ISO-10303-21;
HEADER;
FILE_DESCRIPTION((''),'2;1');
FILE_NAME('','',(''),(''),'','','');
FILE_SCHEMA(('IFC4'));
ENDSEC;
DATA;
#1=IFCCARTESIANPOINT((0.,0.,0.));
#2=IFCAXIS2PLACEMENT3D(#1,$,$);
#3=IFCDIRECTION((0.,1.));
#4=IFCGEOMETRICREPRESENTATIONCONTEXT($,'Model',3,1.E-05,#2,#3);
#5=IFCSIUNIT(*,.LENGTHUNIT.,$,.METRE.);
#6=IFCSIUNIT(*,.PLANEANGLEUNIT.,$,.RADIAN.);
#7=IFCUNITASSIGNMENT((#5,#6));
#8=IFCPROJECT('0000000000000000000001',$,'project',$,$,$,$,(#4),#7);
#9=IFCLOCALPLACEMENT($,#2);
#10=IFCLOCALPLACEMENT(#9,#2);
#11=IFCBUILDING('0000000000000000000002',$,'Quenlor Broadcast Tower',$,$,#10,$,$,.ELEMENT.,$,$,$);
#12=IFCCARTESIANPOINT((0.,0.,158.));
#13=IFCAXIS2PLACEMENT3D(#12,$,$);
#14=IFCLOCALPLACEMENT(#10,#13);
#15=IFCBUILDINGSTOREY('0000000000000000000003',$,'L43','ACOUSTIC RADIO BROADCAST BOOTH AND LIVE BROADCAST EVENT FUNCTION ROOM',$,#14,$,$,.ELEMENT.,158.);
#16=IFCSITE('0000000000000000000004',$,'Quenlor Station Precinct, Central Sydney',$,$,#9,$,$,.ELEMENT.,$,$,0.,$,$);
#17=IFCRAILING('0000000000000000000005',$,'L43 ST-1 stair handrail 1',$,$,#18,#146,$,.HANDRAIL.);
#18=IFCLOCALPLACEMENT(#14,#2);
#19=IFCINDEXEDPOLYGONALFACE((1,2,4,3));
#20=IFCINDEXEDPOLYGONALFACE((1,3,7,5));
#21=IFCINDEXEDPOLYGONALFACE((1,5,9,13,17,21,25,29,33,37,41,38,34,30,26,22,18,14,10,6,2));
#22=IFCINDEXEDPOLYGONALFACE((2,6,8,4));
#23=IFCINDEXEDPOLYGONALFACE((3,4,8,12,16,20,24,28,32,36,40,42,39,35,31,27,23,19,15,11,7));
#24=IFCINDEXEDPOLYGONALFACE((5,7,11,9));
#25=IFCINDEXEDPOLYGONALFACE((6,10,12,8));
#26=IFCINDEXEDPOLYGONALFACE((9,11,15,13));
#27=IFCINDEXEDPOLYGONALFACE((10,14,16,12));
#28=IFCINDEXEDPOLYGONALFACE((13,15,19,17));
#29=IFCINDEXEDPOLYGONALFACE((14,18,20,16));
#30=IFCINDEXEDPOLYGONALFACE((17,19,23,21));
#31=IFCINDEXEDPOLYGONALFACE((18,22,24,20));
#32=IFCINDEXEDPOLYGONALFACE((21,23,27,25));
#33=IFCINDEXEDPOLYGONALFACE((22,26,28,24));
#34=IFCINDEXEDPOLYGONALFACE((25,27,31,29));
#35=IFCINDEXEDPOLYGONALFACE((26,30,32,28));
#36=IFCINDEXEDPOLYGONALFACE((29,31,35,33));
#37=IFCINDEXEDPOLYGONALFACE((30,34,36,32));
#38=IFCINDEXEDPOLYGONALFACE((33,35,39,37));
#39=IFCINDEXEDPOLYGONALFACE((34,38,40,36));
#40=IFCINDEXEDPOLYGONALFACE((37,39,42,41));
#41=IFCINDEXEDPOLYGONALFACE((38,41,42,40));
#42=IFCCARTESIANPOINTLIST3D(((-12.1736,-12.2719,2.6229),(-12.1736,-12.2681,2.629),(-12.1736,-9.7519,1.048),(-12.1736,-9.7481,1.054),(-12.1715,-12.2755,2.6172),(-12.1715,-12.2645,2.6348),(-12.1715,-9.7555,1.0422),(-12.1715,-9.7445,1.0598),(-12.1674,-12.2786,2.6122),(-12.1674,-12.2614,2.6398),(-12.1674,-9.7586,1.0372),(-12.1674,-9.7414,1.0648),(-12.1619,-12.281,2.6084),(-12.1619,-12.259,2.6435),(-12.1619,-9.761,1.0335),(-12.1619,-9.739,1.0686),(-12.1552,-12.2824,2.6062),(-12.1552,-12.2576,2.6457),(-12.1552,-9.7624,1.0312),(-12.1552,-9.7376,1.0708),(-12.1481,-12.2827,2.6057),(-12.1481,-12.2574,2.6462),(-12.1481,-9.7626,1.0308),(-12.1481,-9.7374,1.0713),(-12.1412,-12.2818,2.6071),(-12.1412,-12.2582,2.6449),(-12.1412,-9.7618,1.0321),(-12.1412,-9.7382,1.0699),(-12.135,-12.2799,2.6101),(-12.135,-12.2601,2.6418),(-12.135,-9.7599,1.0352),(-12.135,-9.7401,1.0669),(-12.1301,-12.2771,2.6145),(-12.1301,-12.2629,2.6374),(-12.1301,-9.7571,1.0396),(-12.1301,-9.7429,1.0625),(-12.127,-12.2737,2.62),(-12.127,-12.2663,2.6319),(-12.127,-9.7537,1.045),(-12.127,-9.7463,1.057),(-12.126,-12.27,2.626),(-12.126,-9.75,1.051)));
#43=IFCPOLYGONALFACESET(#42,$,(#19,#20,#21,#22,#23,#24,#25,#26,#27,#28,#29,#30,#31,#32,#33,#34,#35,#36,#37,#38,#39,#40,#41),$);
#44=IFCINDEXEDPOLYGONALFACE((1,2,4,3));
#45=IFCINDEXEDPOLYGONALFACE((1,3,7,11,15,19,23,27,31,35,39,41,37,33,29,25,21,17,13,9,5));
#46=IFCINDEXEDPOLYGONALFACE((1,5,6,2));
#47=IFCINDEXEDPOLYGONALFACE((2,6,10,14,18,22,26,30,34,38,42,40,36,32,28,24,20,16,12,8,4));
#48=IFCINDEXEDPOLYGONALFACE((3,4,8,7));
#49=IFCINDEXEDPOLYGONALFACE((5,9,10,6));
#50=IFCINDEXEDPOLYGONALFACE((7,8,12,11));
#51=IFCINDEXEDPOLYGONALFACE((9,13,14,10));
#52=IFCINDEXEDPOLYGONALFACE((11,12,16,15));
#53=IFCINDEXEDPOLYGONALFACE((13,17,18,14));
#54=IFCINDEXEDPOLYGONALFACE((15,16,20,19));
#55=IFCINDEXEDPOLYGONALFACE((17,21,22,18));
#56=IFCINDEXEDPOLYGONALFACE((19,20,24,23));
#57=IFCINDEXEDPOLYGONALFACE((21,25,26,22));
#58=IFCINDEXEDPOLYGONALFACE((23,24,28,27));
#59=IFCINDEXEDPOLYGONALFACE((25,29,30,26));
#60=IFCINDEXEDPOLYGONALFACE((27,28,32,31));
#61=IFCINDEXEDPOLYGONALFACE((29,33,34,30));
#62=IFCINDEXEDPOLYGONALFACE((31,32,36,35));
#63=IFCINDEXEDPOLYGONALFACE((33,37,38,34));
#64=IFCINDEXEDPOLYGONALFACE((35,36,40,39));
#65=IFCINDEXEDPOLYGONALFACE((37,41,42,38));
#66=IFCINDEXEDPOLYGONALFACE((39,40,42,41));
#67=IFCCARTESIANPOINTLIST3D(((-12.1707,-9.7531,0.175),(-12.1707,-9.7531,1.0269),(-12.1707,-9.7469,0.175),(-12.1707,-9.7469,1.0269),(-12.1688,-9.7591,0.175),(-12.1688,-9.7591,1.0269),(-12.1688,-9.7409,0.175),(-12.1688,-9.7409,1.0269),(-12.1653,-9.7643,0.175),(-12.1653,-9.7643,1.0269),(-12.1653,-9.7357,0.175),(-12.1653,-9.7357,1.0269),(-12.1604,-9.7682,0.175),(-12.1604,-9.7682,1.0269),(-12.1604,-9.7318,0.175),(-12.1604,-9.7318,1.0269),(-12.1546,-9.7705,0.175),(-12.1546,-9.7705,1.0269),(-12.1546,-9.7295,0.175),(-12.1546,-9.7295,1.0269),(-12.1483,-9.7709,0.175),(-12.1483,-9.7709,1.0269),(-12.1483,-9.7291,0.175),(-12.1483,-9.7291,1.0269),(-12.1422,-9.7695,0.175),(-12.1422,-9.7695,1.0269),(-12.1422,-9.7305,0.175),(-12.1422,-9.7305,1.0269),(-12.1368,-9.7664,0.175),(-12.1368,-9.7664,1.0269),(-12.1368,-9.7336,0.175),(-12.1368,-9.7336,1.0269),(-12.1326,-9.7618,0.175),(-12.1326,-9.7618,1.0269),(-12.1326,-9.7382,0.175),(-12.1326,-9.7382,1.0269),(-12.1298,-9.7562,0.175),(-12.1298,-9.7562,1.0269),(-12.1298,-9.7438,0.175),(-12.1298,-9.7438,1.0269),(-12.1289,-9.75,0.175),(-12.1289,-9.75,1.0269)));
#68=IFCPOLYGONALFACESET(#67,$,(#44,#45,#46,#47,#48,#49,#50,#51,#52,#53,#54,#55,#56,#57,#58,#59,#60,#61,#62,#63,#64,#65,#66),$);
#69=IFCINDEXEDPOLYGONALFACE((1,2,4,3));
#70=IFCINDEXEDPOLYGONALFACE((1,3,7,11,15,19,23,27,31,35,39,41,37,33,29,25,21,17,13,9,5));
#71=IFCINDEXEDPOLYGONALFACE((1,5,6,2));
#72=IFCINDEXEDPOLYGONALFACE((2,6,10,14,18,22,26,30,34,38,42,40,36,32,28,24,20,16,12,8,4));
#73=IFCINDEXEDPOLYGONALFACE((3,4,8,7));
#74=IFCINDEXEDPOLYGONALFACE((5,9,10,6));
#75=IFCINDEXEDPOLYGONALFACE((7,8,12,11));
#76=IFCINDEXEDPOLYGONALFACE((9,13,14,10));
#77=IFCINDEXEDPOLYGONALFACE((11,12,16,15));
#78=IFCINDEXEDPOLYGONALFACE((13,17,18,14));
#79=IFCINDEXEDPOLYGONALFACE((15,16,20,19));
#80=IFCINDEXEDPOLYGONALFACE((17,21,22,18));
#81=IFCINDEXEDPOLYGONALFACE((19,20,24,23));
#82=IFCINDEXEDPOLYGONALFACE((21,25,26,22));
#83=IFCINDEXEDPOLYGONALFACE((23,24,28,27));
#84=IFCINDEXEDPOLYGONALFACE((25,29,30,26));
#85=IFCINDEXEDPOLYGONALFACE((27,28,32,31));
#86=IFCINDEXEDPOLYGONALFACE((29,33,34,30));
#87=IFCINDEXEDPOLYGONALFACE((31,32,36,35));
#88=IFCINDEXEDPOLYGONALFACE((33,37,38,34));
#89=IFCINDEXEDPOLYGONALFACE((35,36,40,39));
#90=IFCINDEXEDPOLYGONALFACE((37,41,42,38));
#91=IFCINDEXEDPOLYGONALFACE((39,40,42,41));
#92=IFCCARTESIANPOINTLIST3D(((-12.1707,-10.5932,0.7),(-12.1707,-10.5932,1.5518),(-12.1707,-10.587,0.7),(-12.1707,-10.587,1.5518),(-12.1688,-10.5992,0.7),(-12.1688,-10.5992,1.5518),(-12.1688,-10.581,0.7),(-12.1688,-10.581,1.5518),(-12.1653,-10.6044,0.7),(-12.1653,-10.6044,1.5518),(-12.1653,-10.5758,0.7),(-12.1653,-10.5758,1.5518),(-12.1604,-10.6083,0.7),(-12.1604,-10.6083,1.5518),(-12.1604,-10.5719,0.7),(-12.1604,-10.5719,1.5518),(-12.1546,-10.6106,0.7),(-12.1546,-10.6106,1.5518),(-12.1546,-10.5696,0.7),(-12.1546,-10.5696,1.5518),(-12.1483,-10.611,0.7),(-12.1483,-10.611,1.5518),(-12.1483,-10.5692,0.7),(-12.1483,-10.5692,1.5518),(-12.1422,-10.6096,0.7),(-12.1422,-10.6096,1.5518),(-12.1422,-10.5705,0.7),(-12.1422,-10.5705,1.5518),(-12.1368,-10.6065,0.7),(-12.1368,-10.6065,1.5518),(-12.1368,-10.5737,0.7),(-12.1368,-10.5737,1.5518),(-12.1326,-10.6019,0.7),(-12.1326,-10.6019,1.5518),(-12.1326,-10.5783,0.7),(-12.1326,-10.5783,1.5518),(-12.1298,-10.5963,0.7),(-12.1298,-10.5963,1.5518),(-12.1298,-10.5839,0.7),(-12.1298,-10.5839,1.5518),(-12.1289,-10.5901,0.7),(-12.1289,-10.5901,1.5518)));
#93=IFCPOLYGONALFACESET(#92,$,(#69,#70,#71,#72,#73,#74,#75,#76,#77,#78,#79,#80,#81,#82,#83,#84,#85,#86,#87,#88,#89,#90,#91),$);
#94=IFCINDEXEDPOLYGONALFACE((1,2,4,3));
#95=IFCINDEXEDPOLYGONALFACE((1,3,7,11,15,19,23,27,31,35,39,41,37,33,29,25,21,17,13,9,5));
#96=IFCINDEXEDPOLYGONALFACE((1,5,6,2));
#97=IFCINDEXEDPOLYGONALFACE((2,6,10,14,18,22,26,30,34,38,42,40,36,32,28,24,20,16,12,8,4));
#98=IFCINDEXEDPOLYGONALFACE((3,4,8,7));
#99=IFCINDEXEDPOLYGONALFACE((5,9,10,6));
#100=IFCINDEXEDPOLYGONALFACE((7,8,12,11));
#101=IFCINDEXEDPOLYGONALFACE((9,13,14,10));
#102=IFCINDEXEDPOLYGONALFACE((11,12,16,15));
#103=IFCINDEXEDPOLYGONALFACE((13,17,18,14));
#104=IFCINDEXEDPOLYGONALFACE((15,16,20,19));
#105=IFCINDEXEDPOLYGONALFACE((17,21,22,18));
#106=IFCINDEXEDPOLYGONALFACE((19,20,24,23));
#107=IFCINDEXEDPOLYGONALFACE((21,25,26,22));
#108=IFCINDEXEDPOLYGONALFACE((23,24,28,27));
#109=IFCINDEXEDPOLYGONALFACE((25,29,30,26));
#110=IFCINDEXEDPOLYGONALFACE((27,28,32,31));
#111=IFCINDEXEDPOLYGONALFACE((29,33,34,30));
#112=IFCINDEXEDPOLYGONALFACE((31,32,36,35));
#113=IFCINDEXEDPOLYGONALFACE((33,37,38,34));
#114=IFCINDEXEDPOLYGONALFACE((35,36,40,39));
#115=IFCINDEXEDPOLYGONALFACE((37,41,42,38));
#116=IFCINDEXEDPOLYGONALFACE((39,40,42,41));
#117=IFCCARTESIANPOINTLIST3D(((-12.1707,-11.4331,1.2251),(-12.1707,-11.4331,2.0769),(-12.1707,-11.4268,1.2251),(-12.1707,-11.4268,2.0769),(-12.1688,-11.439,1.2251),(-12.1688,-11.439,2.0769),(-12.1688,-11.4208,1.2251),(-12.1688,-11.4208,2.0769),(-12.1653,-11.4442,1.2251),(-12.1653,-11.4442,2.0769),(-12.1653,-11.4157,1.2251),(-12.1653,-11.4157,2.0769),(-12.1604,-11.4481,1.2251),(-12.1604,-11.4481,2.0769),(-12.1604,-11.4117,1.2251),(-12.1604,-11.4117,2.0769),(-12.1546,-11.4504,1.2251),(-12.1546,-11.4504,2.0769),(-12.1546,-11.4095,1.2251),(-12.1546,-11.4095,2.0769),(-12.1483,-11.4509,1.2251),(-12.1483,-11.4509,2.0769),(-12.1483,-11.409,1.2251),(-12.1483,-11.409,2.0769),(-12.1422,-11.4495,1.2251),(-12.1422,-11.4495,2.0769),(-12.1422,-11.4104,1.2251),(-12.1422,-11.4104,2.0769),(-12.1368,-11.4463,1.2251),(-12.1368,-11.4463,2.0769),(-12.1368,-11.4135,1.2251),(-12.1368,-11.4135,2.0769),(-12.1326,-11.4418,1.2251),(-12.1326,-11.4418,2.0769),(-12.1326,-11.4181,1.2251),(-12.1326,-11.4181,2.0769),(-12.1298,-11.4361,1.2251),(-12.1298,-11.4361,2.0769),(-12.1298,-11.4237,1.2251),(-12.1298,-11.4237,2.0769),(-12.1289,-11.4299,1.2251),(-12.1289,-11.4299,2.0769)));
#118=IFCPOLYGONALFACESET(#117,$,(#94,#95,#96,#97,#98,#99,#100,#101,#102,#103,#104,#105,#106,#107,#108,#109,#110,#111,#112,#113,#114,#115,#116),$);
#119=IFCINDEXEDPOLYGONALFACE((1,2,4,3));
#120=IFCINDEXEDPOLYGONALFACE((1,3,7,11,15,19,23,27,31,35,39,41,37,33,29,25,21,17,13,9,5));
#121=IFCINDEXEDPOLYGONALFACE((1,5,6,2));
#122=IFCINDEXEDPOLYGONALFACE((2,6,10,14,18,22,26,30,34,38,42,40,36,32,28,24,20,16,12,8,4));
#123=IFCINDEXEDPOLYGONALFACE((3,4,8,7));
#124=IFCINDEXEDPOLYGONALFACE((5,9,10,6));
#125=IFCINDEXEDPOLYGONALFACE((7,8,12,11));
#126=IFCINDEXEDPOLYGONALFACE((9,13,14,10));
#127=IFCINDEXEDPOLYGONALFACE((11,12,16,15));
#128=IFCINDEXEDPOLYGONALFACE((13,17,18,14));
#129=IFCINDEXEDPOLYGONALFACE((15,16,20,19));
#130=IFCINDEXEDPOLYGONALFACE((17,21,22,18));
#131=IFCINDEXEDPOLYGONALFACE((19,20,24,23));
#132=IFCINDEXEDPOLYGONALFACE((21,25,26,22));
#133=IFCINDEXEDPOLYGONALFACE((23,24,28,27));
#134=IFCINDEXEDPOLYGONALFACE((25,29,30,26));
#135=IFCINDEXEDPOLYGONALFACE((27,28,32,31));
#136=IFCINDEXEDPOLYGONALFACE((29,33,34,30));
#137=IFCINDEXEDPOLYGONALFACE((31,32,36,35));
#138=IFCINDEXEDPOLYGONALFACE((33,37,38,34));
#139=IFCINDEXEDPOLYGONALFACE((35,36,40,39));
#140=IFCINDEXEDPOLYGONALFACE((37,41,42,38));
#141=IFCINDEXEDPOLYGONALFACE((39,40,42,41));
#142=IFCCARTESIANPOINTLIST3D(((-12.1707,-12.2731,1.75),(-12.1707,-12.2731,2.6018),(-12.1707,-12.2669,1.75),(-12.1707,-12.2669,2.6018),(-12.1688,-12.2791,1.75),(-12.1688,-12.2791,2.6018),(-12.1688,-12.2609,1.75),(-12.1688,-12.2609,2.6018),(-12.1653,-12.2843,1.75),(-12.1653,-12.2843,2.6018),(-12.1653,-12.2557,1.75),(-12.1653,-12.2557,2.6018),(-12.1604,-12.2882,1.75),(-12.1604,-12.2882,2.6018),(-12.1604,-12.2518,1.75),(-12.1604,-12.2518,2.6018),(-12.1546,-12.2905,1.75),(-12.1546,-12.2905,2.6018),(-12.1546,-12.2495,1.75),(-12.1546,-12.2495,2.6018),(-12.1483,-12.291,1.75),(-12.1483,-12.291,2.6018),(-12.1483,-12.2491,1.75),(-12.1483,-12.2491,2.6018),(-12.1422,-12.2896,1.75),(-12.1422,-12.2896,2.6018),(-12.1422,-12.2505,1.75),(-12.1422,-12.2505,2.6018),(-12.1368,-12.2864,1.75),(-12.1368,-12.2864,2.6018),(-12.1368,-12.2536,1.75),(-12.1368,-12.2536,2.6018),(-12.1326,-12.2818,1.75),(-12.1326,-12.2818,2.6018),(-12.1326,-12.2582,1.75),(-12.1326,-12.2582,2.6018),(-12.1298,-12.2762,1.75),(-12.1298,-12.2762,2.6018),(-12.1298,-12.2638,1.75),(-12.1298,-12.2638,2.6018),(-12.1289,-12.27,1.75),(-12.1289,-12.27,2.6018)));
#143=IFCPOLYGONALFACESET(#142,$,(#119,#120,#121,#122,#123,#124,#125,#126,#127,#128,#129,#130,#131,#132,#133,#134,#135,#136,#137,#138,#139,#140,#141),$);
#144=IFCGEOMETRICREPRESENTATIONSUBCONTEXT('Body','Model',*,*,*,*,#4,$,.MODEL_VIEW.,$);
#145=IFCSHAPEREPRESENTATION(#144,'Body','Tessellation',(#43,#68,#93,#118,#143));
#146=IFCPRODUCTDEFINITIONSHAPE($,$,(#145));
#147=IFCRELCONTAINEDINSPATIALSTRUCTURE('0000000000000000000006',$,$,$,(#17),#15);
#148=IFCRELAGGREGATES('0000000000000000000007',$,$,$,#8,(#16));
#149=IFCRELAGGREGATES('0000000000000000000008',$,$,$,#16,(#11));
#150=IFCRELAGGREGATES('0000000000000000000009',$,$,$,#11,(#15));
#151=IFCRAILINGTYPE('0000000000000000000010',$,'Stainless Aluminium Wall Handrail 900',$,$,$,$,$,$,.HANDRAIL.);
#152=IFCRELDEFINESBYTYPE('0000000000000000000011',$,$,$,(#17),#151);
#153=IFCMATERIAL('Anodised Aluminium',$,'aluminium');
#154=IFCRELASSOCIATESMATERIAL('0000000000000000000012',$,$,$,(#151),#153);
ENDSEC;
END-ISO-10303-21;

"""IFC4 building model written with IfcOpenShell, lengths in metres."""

from ifc_helpers import new_model, si_unit, direction, frame, origin, origin_2d, place, context, subcontext, project, spatial, circle, extrude, material, type_object, element, save


model = new_model("IFC4")

# Units and contexts
model_context = context("Model", 3, precision=1e-05, world=origin(), true_north=direction((0.0, 1.0)))
body_context = subcontext(model_context, "Body", "Model", "MODEL_VIEW")
ifc_project = project(units=[si_unit("LENGTHUNIT", "METRE"), si_unit("PLANEANGLEUNIT", "RADIAN")], contexts=[model_context])

# Site, building, storey
site_placement = place(None, origin())
site = spatial("IfcSite", under=ifc_project, at=site_placement, Name="Quenlor Station Precinct, Central Sydney", CompositionType="ELEMENT", RefElevation=0.0)
building_placement = place(site_placement, origin())
building = spatial("IfcBuilding", under=site, at=building_placement, Name="Quenlor Broadcast Tower", CompositionType="ELEMENT")
storey_placement = place(building_placement, frame((0.0, 0.0, 158.0)))
storey = spatial("IfcBuildingStorey", under=building, at=storey_placement, Name="L43", Description="ACOUSTIC RADIO BROADCAST BOOTH AND LIVE BROADCAST EVENT FUNCTION ROOM", CompositionType="ELEMENT", Elevation=158.0)

# Railing
ifc_material_1 = material(Name="Anodised Aluminium", Category="aluminium")
railing_type_1 = type_object("IfcRailingType", Name="Stainless Aluminium Wall Handrail 900", PredefinedType="HANDRAIL", material=ifc_material_1)
railing_1_placement = place(storey_placement, frame((-12.1499, -9.75, 0.175)))
element("IfcRailing", 1, at=railing_1_placement, inside=storey, type_object=railing_type_1, Name="L43 ST-1 stair handrail 1", PredefinedType="HANDRAIL", context=body_context, shape_type="SweptSolid", body=[
    extrude(circle(Radius=0.0239, at=origin_2d()), frame((0.0, 0.0, 0.876), z_axis=(0.0, -0.848008, 0.529984), x_axis=(1.0, 0.0, 0.0)), (0.0, 0.0, 1.0), 2.9717),
    extrude(circle(Radius=0.021, at=origin_2d()), origin(), (0.0, 0.0, 1.0), 0.8518),
    extrude(circle(Radius=0.021, at=origin_2d()), frame((0.0, -0.8401, 0.5249)), (0.0, 0.0, 1.0), 0.8518),
    extrude(circle(Radius=0.021, at=origin_2d()), frame((0.0, -1.6799, 1.05)), (0.0, 0.0, 1.0), 0.8518),
    extrude(circle(Radius=0.021, at=origin_2d()), frame((0.0, -2.52, 1.575)), (0.0, 0.0, 1.0), 0.8518),
])

save(model, "model.ifc")
